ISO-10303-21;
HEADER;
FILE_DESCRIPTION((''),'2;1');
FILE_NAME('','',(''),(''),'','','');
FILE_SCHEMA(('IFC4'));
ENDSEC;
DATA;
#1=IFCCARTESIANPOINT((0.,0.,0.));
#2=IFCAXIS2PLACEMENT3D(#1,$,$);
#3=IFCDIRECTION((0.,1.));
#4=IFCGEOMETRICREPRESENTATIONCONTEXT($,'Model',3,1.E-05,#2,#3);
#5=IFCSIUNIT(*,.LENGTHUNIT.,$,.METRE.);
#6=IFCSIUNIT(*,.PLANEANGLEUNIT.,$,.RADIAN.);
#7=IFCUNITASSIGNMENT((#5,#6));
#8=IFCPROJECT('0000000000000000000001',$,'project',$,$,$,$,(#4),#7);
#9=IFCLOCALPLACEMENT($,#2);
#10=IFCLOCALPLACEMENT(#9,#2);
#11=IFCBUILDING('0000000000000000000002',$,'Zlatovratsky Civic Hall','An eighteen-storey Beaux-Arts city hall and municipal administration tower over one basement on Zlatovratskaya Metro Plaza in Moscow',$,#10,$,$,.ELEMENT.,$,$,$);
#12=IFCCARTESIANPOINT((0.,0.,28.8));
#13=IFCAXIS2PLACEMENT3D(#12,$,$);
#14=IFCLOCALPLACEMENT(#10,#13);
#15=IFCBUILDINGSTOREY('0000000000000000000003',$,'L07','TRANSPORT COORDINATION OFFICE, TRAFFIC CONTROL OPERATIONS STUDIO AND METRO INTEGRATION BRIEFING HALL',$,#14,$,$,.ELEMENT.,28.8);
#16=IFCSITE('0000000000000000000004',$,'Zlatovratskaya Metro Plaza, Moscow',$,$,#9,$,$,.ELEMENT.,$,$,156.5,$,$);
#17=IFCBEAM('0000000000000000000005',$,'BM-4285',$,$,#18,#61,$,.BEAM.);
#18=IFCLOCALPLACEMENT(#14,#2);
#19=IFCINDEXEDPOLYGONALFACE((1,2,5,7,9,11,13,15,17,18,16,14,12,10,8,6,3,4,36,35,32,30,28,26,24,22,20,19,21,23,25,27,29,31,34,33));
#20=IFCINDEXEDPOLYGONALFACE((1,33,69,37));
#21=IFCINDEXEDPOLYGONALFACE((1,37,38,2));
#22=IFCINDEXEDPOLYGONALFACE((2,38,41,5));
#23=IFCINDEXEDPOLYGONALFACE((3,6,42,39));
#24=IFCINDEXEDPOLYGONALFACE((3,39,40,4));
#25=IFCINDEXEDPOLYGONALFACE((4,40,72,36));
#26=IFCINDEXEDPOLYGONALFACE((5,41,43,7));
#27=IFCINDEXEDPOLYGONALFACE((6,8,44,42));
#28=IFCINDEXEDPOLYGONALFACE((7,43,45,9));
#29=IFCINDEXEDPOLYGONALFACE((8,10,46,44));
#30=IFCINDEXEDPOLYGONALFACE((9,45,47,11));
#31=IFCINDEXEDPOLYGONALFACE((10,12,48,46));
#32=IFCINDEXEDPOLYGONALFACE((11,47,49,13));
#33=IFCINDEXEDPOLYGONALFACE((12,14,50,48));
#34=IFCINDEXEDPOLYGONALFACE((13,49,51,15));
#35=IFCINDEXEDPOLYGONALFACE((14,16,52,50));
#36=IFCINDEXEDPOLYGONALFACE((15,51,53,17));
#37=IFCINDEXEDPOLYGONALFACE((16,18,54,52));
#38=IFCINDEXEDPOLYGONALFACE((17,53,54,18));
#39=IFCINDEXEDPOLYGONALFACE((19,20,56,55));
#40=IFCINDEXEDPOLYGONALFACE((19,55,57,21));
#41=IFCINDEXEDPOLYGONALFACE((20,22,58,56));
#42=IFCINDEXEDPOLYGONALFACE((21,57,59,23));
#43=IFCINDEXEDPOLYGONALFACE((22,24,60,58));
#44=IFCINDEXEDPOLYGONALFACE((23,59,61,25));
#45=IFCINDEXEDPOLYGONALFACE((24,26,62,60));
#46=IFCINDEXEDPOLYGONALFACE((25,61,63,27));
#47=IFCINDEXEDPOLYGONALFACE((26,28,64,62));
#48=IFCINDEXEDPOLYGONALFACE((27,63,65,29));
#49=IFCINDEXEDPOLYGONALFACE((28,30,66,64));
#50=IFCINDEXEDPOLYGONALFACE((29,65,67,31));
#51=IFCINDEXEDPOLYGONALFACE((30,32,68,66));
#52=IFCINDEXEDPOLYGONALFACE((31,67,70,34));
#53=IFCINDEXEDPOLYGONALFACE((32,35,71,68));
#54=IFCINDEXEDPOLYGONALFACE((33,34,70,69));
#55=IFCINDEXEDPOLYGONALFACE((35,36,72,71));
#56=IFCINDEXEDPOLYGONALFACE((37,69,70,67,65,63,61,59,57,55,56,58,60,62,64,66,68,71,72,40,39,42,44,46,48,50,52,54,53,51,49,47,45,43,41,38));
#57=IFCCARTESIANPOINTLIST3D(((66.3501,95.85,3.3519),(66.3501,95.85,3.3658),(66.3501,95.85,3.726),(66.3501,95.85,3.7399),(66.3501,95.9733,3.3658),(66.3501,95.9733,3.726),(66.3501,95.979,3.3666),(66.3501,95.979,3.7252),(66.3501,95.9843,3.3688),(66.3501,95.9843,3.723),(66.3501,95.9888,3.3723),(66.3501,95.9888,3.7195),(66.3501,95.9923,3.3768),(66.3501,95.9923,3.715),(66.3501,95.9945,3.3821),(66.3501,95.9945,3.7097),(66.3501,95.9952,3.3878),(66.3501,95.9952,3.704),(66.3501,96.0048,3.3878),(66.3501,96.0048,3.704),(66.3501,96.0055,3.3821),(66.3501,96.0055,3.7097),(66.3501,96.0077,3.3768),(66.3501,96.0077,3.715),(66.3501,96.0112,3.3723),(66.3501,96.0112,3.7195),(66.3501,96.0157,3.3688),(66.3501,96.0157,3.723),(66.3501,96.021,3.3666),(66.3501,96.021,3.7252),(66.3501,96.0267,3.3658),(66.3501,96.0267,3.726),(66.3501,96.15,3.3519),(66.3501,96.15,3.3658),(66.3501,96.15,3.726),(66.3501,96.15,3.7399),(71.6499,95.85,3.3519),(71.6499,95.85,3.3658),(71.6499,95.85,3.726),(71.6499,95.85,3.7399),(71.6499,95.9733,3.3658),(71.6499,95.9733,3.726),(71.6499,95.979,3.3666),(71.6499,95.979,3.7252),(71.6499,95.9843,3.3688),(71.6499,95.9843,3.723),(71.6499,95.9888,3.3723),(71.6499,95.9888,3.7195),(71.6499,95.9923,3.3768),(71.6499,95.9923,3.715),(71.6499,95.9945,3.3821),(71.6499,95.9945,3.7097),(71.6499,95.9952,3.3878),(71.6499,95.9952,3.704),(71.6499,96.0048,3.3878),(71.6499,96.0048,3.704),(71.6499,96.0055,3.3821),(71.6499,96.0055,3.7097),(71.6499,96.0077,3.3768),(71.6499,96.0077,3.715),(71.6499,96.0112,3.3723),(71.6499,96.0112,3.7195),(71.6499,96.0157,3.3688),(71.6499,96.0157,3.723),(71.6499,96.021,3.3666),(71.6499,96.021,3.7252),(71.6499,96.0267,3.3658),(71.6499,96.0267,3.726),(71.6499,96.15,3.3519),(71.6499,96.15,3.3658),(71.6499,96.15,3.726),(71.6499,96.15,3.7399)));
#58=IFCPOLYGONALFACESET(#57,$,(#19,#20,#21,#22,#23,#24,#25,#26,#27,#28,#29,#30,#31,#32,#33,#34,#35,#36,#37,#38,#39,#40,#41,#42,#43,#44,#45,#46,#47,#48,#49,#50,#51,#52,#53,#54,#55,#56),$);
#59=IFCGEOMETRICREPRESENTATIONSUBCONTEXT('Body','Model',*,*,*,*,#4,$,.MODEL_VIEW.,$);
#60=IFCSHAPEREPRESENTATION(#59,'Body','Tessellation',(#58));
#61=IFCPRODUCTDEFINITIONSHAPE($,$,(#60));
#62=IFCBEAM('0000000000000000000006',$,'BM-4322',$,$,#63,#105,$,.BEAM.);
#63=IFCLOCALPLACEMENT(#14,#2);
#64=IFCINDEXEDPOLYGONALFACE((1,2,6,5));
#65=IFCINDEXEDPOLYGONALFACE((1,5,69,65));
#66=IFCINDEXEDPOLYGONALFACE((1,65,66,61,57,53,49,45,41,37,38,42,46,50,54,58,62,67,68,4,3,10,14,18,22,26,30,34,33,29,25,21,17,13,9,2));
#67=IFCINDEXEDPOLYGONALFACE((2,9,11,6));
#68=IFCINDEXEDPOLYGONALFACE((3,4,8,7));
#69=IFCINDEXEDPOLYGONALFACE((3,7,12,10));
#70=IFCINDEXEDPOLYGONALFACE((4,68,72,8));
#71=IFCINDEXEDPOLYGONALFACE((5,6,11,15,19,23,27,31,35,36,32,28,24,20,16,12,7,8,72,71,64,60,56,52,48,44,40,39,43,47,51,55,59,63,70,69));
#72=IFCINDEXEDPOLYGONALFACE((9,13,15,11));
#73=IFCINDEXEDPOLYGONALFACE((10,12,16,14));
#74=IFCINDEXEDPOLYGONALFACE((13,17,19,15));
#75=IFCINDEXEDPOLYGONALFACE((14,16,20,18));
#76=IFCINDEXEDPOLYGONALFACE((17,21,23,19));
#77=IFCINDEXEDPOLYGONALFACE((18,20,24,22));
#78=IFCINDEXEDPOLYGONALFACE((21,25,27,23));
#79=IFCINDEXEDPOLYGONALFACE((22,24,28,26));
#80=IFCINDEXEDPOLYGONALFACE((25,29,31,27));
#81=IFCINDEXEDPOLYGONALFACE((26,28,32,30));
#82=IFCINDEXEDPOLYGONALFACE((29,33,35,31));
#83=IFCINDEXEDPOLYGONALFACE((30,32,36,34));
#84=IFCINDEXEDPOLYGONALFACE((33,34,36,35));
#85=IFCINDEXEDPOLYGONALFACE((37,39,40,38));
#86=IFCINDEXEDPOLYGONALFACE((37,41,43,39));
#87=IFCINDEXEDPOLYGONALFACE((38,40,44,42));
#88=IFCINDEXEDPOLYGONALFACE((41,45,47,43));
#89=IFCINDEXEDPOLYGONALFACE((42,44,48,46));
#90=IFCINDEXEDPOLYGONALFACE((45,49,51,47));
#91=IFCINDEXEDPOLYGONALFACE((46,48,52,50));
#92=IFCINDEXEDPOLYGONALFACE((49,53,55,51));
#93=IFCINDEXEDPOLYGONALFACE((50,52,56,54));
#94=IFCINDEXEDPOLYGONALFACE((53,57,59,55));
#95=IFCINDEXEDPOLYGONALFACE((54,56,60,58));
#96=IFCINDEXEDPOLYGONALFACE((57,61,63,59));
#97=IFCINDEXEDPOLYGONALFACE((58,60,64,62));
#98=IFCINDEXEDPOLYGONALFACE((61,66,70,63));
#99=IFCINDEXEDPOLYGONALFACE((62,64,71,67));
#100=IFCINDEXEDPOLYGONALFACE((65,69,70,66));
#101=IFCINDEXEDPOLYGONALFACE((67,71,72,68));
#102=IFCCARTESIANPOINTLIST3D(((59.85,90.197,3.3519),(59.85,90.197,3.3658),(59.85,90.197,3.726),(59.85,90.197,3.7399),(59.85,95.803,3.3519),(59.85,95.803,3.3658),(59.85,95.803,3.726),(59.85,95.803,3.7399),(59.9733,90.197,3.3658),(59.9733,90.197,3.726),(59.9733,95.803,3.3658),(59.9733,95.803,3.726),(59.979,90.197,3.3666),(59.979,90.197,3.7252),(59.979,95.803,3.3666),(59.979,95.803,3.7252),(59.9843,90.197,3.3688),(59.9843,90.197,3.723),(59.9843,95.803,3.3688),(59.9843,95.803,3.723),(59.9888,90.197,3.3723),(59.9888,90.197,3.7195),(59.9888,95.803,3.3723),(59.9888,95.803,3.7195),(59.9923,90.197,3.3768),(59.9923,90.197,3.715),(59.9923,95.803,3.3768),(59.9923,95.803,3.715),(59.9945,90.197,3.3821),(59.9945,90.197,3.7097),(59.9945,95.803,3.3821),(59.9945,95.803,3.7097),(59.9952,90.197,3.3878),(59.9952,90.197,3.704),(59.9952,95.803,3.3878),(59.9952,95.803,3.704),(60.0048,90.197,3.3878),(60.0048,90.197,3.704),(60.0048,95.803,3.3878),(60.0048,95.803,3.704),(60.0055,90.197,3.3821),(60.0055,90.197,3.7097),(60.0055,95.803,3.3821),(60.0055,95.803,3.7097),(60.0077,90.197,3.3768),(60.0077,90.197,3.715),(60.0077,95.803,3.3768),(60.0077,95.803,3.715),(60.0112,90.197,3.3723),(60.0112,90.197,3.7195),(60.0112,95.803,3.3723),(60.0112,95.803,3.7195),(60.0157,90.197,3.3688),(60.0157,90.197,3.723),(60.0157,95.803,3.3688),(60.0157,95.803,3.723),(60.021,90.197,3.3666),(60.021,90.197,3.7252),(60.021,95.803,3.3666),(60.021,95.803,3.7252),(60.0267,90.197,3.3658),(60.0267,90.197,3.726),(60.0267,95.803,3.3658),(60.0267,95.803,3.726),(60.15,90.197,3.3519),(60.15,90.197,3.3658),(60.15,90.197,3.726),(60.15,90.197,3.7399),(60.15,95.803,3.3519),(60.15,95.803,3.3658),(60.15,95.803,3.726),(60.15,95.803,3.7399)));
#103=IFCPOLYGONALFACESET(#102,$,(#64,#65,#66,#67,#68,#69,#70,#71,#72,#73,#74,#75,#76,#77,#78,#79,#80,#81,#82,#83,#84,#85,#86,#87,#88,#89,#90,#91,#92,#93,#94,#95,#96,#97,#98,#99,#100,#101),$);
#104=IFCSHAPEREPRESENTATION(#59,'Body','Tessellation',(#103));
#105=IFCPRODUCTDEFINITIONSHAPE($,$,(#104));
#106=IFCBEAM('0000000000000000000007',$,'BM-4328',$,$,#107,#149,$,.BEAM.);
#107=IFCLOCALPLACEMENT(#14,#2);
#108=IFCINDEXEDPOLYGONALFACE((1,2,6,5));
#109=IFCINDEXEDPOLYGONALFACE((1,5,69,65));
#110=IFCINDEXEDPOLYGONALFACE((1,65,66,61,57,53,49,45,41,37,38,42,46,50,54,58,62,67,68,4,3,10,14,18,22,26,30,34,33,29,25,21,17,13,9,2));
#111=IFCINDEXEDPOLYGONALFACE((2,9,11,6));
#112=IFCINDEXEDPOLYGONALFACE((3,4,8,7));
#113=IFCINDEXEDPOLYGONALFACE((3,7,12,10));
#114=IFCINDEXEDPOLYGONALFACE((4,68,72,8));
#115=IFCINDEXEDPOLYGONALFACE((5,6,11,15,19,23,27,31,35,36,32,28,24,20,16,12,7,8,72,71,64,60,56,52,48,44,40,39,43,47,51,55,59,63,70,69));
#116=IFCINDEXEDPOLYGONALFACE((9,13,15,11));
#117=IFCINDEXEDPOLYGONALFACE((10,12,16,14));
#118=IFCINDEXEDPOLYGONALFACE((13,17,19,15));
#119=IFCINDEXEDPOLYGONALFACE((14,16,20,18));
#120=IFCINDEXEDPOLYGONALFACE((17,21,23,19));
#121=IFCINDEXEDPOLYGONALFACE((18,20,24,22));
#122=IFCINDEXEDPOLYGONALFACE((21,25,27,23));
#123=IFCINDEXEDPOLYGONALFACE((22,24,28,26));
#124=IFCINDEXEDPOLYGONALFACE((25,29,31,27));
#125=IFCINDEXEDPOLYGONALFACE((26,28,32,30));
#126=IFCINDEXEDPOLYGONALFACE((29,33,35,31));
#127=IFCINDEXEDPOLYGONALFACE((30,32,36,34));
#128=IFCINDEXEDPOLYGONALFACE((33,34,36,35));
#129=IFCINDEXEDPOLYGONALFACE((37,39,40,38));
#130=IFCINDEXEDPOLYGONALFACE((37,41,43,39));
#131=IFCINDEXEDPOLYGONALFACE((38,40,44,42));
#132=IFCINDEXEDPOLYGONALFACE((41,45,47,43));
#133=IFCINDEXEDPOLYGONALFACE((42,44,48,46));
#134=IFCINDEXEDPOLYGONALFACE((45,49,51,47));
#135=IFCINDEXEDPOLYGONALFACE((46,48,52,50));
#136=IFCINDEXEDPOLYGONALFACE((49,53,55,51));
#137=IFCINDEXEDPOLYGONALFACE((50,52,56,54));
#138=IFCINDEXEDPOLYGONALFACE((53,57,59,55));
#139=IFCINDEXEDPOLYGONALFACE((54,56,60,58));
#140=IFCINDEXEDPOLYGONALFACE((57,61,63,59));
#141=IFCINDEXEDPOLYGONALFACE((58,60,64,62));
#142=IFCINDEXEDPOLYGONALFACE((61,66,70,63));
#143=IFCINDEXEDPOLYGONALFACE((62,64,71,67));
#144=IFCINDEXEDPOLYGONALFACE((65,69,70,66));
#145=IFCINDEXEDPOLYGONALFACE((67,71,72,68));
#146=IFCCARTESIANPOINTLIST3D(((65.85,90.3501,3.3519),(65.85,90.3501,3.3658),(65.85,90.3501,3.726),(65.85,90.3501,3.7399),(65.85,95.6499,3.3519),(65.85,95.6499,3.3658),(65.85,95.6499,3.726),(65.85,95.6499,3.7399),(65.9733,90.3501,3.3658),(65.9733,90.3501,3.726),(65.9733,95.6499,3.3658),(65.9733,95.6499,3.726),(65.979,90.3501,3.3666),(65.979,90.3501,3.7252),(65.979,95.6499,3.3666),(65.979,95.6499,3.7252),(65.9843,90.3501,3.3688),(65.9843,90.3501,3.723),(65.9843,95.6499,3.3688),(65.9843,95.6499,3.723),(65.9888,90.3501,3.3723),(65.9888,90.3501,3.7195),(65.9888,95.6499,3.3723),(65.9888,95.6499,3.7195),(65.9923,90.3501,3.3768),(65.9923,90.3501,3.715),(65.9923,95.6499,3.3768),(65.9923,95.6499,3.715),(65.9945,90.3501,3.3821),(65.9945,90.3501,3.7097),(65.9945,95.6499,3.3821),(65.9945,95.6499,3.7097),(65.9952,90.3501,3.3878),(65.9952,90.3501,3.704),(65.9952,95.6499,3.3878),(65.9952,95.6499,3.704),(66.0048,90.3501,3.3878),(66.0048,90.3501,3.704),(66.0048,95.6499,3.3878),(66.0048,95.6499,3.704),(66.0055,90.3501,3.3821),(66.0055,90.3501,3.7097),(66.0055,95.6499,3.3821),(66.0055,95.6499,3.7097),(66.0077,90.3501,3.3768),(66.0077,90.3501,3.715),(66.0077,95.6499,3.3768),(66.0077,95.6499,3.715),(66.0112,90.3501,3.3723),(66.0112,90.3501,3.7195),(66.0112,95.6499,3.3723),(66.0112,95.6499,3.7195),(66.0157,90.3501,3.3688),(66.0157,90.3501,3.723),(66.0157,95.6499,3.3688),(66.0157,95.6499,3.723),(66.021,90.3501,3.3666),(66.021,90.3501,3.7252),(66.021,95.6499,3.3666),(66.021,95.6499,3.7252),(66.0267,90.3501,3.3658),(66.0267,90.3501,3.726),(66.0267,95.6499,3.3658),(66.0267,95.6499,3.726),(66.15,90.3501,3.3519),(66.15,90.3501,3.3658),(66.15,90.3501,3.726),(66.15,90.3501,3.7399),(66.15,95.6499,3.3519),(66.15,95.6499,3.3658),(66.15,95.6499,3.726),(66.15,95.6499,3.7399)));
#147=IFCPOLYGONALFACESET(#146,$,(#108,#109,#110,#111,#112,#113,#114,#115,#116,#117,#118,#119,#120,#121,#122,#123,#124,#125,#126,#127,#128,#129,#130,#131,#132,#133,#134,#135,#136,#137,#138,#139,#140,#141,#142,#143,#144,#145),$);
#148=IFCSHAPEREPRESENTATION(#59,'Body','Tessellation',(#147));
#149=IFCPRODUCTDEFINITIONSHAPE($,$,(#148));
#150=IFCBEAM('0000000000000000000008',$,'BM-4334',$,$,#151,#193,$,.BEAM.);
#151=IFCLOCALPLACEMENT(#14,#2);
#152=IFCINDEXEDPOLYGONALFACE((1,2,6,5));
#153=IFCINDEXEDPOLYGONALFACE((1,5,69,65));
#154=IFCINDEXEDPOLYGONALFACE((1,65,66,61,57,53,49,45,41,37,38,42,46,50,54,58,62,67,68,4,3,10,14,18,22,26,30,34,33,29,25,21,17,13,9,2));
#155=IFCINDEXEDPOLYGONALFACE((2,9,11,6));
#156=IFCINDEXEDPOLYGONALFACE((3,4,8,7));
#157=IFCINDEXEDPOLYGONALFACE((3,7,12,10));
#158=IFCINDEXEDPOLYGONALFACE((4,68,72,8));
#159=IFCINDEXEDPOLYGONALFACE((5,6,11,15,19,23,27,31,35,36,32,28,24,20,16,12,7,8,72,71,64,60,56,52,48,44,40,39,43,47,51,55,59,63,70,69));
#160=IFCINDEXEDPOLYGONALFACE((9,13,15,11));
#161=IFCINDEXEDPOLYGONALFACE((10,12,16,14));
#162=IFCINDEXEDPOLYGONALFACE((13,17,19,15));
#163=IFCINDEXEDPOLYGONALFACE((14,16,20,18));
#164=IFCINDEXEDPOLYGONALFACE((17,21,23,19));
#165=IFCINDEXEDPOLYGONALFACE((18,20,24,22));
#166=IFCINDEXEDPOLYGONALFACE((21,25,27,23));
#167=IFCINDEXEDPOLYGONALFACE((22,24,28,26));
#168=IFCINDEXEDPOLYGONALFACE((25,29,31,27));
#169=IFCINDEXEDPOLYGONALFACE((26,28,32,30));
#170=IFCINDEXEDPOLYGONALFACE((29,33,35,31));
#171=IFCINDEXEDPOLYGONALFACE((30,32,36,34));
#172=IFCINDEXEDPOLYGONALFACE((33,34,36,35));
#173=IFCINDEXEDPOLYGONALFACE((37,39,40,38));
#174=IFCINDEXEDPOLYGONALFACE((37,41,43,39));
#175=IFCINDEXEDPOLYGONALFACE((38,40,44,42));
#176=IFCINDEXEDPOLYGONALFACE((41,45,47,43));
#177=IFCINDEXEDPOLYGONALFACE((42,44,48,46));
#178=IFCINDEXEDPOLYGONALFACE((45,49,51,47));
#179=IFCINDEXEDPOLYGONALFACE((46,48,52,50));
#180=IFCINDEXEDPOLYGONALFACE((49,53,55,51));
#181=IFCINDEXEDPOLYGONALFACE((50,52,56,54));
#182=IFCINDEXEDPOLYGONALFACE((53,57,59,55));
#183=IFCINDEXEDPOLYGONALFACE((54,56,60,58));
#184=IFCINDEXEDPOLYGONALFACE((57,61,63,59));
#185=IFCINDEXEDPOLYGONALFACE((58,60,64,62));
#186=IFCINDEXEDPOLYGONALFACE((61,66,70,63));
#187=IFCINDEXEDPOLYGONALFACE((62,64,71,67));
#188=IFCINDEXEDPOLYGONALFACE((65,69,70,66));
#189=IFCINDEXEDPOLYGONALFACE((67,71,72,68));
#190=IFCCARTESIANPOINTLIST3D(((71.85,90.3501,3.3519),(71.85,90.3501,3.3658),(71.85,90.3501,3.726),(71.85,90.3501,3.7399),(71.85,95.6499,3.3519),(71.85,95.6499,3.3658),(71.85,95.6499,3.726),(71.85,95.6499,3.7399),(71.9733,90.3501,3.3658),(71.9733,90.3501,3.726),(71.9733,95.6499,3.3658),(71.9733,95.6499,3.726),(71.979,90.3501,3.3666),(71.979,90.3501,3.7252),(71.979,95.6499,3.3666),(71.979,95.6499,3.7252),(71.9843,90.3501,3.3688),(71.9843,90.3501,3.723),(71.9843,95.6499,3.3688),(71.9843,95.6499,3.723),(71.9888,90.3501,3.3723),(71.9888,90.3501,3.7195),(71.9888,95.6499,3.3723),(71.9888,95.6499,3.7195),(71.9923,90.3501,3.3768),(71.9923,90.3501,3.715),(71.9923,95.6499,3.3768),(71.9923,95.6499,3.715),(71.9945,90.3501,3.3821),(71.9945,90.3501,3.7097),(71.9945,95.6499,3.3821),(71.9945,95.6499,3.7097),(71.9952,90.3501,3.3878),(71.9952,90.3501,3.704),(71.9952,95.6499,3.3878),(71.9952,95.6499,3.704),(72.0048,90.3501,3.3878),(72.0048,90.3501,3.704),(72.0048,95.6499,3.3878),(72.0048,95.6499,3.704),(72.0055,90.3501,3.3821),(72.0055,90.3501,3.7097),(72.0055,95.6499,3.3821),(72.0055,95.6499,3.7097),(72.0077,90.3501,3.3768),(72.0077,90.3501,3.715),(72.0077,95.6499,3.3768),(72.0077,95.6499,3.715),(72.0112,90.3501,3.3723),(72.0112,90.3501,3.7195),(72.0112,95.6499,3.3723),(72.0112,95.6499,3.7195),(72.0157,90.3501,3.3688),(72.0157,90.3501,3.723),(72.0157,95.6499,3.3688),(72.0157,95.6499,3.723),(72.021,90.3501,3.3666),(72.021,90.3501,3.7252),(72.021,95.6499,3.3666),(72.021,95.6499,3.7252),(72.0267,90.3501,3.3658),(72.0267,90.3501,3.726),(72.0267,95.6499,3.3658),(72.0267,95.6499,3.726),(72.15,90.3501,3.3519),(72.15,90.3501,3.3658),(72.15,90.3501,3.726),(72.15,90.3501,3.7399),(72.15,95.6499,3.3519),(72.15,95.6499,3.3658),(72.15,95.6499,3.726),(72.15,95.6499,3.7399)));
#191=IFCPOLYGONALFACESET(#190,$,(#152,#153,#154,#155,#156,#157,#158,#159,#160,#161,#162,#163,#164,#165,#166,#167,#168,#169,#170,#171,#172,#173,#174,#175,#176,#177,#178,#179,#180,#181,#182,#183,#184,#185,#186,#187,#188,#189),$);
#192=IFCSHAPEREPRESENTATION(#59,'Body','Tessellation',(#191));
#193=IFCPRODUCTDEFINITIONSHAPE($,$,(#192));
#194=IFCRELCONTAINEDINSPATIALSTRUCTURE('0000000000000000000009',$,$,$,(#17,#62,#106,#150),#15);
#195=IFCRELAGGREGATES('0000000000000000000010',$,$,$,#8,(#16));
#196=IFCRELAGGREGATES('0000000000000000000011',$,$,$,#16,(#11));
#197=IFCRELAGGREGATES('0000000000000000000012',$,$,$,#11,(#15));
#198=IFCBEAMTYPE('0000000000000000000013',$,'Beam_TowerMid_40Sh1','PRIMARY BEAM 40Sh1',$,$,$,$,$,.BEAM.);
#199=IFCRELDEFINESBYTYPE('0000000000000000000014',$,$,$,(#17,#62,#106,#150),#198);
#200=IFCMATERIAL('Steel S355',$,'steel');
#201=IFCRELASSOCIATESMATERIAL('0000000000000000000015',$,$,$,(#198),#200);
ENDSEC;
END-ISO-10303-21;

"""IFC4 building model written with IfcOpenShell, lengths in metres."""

from ifc_helpers import new_model, si_unit, direction, frame, origin, origin_2d, place, context, subcontext, project, spatial, i_section, extrude, material, material_profile, profile_set, type_object, element, save


model = new_model("IFC4")

# Units and contexts
model_context = context("Model", 3, precision=1e-05, world=origin(), true_north=direction((0.0, 1.0)))
body_context = subcontext(model_context, "Body", "Model", "MODEL_VIEW")
ifc_project = project(units=[si_unit("LENGTHUNIT", "METRE"), si_unit("PLANEANGLEUNIT", "RADIAN")], contexts=[model_context])

# Site, building, storey
site_placement = place(None, origin())
site = spatial("IfcSite", under=ifc_project, at=site_placement, Name="Zlatovratskaya Metro Plaza, Moscow", CompositionType="ELEMENT", RefElevation=156.5)
building_placement = place(site_placement, origin())
building = spatial("IfcBuilding", under=site, at=building_placement, Name="Zlatovratsky Civic Hall", Description="An eighteen-storey Beaux-Arts city hall and municipal administration tower over one basement on Zlatovratskaya Metro Plaza in Moscow", CompositionType="ELEMENT")
storey_placement = place(building_placement, frame((0.0, 0.0, 28.8)))
storey = spatial("IfcBuildingStorey", under=building, at=storey_placement, Name="L07", Description="TRANSPORT COORDINATION OFFICE, TRAFFIC CONTROL OPERATIONS STUDIO AND METRO INTEGRATION BRIEFING HALL", CompositionType="ELEMENT", Elevation=28.8)

# Shared definitions
ifc_material_1 = material(Name="Steel S355", Category="steel")

# Beams
ifc_material_profile_1 = material_profile(ifc_material_1, i_section(OverallWidth=0.3, OverallDepth=0.3879, WebThickness=0.0095, FlangeThickness=0.0139, FilletRadius=0.022, at=origin_2d()), Name="40Sh1")
ifc_profile_set_1 = profile_set([ifc_material_profile_1], Name="Steel S355")
beam_type_1 = type_object("IfcBeamType", Name="Beam_TowerMid_40Sh1", Description="PRIMARY BEAM 40Sh1", PredefinedType="BEAM", material=ifc_profile_set_1)
beam_1_placement = place(storey_placement, frame((66.3501, 96.0, 3.5459), z_axis=(1.0, 0.0, 0.0), x_axis=(0.0, 1.0, 0.0)))
element("IfcBeam", 1, at=beam_1_placement, inside=storey, type_object=beam_type_1, Name="BM-4285", PredefinedType="BEAM", context=body_context, shape_type="SweptSolid", body=[
    extrude(i_section(OverallWidth=0.3, OverallDepth=0.3879, WebThickness=0.0095, FlangeThickness=0.0139, FilletRadius=0.022, at=origin_2d()), origin(), (0.0, 0.0, 1.0), 5.2998),
])
beam_2_placement = place(storey_placement, frame((60.0, 90.197, 3.5459), z_axis=(0.0, 1.0, 0.0), x_axis=(-1.0, 0.0, 0.0)))
element("IfcBeam", 2, at=beam_2_placement, inside=storey, type_object=beam_type_1, Name="BM-4322", PredefinedType="BEAM", context=body_context, shape_type="SweptSolid", body=[
    extrude(i_section(OverallWidth=0.3, OverallDepth=0.3879, WebThickness=0.0095, FlangeThickness=0.0139, FilletRadius=0.022, at=origin_2d()), origin(), (0.0, 0.0, 1.0), 5.606),
])
for number, where, z_axis, x_axis, name in (
    (3, (66.0, 90.3501, 3.5459), (0.0, 1.0, 0.0), (-1.0, 0.0, 0.0), "BM-4328"),
    (4, (72.0, 90.3501, 3.5459), (0.0, 1.0, 0.0), (-1.0, 0.0, 0.0), "BM-4334"),
):
    element("IfcBeam", number, at=place(storey_placement, frame(where, z_axis=z_axis, x_axis=x_axis)), inside=storey, type_object=beam_type_1, Name=name, PredefinedType="BEAM", context=body_context, shape_type="SweptSolid", body=[
        extrude(i_section(OverallWidth=0.3, OverallDepth=0.3879, WebThickness=0.0095, FlangeThickness=0.0139, FilletRadius=0.022, at=origin_2d()), origin(), (0.0, 0.0, 1.0), 5.2998),
    ])

save(model, "model.ifc")
